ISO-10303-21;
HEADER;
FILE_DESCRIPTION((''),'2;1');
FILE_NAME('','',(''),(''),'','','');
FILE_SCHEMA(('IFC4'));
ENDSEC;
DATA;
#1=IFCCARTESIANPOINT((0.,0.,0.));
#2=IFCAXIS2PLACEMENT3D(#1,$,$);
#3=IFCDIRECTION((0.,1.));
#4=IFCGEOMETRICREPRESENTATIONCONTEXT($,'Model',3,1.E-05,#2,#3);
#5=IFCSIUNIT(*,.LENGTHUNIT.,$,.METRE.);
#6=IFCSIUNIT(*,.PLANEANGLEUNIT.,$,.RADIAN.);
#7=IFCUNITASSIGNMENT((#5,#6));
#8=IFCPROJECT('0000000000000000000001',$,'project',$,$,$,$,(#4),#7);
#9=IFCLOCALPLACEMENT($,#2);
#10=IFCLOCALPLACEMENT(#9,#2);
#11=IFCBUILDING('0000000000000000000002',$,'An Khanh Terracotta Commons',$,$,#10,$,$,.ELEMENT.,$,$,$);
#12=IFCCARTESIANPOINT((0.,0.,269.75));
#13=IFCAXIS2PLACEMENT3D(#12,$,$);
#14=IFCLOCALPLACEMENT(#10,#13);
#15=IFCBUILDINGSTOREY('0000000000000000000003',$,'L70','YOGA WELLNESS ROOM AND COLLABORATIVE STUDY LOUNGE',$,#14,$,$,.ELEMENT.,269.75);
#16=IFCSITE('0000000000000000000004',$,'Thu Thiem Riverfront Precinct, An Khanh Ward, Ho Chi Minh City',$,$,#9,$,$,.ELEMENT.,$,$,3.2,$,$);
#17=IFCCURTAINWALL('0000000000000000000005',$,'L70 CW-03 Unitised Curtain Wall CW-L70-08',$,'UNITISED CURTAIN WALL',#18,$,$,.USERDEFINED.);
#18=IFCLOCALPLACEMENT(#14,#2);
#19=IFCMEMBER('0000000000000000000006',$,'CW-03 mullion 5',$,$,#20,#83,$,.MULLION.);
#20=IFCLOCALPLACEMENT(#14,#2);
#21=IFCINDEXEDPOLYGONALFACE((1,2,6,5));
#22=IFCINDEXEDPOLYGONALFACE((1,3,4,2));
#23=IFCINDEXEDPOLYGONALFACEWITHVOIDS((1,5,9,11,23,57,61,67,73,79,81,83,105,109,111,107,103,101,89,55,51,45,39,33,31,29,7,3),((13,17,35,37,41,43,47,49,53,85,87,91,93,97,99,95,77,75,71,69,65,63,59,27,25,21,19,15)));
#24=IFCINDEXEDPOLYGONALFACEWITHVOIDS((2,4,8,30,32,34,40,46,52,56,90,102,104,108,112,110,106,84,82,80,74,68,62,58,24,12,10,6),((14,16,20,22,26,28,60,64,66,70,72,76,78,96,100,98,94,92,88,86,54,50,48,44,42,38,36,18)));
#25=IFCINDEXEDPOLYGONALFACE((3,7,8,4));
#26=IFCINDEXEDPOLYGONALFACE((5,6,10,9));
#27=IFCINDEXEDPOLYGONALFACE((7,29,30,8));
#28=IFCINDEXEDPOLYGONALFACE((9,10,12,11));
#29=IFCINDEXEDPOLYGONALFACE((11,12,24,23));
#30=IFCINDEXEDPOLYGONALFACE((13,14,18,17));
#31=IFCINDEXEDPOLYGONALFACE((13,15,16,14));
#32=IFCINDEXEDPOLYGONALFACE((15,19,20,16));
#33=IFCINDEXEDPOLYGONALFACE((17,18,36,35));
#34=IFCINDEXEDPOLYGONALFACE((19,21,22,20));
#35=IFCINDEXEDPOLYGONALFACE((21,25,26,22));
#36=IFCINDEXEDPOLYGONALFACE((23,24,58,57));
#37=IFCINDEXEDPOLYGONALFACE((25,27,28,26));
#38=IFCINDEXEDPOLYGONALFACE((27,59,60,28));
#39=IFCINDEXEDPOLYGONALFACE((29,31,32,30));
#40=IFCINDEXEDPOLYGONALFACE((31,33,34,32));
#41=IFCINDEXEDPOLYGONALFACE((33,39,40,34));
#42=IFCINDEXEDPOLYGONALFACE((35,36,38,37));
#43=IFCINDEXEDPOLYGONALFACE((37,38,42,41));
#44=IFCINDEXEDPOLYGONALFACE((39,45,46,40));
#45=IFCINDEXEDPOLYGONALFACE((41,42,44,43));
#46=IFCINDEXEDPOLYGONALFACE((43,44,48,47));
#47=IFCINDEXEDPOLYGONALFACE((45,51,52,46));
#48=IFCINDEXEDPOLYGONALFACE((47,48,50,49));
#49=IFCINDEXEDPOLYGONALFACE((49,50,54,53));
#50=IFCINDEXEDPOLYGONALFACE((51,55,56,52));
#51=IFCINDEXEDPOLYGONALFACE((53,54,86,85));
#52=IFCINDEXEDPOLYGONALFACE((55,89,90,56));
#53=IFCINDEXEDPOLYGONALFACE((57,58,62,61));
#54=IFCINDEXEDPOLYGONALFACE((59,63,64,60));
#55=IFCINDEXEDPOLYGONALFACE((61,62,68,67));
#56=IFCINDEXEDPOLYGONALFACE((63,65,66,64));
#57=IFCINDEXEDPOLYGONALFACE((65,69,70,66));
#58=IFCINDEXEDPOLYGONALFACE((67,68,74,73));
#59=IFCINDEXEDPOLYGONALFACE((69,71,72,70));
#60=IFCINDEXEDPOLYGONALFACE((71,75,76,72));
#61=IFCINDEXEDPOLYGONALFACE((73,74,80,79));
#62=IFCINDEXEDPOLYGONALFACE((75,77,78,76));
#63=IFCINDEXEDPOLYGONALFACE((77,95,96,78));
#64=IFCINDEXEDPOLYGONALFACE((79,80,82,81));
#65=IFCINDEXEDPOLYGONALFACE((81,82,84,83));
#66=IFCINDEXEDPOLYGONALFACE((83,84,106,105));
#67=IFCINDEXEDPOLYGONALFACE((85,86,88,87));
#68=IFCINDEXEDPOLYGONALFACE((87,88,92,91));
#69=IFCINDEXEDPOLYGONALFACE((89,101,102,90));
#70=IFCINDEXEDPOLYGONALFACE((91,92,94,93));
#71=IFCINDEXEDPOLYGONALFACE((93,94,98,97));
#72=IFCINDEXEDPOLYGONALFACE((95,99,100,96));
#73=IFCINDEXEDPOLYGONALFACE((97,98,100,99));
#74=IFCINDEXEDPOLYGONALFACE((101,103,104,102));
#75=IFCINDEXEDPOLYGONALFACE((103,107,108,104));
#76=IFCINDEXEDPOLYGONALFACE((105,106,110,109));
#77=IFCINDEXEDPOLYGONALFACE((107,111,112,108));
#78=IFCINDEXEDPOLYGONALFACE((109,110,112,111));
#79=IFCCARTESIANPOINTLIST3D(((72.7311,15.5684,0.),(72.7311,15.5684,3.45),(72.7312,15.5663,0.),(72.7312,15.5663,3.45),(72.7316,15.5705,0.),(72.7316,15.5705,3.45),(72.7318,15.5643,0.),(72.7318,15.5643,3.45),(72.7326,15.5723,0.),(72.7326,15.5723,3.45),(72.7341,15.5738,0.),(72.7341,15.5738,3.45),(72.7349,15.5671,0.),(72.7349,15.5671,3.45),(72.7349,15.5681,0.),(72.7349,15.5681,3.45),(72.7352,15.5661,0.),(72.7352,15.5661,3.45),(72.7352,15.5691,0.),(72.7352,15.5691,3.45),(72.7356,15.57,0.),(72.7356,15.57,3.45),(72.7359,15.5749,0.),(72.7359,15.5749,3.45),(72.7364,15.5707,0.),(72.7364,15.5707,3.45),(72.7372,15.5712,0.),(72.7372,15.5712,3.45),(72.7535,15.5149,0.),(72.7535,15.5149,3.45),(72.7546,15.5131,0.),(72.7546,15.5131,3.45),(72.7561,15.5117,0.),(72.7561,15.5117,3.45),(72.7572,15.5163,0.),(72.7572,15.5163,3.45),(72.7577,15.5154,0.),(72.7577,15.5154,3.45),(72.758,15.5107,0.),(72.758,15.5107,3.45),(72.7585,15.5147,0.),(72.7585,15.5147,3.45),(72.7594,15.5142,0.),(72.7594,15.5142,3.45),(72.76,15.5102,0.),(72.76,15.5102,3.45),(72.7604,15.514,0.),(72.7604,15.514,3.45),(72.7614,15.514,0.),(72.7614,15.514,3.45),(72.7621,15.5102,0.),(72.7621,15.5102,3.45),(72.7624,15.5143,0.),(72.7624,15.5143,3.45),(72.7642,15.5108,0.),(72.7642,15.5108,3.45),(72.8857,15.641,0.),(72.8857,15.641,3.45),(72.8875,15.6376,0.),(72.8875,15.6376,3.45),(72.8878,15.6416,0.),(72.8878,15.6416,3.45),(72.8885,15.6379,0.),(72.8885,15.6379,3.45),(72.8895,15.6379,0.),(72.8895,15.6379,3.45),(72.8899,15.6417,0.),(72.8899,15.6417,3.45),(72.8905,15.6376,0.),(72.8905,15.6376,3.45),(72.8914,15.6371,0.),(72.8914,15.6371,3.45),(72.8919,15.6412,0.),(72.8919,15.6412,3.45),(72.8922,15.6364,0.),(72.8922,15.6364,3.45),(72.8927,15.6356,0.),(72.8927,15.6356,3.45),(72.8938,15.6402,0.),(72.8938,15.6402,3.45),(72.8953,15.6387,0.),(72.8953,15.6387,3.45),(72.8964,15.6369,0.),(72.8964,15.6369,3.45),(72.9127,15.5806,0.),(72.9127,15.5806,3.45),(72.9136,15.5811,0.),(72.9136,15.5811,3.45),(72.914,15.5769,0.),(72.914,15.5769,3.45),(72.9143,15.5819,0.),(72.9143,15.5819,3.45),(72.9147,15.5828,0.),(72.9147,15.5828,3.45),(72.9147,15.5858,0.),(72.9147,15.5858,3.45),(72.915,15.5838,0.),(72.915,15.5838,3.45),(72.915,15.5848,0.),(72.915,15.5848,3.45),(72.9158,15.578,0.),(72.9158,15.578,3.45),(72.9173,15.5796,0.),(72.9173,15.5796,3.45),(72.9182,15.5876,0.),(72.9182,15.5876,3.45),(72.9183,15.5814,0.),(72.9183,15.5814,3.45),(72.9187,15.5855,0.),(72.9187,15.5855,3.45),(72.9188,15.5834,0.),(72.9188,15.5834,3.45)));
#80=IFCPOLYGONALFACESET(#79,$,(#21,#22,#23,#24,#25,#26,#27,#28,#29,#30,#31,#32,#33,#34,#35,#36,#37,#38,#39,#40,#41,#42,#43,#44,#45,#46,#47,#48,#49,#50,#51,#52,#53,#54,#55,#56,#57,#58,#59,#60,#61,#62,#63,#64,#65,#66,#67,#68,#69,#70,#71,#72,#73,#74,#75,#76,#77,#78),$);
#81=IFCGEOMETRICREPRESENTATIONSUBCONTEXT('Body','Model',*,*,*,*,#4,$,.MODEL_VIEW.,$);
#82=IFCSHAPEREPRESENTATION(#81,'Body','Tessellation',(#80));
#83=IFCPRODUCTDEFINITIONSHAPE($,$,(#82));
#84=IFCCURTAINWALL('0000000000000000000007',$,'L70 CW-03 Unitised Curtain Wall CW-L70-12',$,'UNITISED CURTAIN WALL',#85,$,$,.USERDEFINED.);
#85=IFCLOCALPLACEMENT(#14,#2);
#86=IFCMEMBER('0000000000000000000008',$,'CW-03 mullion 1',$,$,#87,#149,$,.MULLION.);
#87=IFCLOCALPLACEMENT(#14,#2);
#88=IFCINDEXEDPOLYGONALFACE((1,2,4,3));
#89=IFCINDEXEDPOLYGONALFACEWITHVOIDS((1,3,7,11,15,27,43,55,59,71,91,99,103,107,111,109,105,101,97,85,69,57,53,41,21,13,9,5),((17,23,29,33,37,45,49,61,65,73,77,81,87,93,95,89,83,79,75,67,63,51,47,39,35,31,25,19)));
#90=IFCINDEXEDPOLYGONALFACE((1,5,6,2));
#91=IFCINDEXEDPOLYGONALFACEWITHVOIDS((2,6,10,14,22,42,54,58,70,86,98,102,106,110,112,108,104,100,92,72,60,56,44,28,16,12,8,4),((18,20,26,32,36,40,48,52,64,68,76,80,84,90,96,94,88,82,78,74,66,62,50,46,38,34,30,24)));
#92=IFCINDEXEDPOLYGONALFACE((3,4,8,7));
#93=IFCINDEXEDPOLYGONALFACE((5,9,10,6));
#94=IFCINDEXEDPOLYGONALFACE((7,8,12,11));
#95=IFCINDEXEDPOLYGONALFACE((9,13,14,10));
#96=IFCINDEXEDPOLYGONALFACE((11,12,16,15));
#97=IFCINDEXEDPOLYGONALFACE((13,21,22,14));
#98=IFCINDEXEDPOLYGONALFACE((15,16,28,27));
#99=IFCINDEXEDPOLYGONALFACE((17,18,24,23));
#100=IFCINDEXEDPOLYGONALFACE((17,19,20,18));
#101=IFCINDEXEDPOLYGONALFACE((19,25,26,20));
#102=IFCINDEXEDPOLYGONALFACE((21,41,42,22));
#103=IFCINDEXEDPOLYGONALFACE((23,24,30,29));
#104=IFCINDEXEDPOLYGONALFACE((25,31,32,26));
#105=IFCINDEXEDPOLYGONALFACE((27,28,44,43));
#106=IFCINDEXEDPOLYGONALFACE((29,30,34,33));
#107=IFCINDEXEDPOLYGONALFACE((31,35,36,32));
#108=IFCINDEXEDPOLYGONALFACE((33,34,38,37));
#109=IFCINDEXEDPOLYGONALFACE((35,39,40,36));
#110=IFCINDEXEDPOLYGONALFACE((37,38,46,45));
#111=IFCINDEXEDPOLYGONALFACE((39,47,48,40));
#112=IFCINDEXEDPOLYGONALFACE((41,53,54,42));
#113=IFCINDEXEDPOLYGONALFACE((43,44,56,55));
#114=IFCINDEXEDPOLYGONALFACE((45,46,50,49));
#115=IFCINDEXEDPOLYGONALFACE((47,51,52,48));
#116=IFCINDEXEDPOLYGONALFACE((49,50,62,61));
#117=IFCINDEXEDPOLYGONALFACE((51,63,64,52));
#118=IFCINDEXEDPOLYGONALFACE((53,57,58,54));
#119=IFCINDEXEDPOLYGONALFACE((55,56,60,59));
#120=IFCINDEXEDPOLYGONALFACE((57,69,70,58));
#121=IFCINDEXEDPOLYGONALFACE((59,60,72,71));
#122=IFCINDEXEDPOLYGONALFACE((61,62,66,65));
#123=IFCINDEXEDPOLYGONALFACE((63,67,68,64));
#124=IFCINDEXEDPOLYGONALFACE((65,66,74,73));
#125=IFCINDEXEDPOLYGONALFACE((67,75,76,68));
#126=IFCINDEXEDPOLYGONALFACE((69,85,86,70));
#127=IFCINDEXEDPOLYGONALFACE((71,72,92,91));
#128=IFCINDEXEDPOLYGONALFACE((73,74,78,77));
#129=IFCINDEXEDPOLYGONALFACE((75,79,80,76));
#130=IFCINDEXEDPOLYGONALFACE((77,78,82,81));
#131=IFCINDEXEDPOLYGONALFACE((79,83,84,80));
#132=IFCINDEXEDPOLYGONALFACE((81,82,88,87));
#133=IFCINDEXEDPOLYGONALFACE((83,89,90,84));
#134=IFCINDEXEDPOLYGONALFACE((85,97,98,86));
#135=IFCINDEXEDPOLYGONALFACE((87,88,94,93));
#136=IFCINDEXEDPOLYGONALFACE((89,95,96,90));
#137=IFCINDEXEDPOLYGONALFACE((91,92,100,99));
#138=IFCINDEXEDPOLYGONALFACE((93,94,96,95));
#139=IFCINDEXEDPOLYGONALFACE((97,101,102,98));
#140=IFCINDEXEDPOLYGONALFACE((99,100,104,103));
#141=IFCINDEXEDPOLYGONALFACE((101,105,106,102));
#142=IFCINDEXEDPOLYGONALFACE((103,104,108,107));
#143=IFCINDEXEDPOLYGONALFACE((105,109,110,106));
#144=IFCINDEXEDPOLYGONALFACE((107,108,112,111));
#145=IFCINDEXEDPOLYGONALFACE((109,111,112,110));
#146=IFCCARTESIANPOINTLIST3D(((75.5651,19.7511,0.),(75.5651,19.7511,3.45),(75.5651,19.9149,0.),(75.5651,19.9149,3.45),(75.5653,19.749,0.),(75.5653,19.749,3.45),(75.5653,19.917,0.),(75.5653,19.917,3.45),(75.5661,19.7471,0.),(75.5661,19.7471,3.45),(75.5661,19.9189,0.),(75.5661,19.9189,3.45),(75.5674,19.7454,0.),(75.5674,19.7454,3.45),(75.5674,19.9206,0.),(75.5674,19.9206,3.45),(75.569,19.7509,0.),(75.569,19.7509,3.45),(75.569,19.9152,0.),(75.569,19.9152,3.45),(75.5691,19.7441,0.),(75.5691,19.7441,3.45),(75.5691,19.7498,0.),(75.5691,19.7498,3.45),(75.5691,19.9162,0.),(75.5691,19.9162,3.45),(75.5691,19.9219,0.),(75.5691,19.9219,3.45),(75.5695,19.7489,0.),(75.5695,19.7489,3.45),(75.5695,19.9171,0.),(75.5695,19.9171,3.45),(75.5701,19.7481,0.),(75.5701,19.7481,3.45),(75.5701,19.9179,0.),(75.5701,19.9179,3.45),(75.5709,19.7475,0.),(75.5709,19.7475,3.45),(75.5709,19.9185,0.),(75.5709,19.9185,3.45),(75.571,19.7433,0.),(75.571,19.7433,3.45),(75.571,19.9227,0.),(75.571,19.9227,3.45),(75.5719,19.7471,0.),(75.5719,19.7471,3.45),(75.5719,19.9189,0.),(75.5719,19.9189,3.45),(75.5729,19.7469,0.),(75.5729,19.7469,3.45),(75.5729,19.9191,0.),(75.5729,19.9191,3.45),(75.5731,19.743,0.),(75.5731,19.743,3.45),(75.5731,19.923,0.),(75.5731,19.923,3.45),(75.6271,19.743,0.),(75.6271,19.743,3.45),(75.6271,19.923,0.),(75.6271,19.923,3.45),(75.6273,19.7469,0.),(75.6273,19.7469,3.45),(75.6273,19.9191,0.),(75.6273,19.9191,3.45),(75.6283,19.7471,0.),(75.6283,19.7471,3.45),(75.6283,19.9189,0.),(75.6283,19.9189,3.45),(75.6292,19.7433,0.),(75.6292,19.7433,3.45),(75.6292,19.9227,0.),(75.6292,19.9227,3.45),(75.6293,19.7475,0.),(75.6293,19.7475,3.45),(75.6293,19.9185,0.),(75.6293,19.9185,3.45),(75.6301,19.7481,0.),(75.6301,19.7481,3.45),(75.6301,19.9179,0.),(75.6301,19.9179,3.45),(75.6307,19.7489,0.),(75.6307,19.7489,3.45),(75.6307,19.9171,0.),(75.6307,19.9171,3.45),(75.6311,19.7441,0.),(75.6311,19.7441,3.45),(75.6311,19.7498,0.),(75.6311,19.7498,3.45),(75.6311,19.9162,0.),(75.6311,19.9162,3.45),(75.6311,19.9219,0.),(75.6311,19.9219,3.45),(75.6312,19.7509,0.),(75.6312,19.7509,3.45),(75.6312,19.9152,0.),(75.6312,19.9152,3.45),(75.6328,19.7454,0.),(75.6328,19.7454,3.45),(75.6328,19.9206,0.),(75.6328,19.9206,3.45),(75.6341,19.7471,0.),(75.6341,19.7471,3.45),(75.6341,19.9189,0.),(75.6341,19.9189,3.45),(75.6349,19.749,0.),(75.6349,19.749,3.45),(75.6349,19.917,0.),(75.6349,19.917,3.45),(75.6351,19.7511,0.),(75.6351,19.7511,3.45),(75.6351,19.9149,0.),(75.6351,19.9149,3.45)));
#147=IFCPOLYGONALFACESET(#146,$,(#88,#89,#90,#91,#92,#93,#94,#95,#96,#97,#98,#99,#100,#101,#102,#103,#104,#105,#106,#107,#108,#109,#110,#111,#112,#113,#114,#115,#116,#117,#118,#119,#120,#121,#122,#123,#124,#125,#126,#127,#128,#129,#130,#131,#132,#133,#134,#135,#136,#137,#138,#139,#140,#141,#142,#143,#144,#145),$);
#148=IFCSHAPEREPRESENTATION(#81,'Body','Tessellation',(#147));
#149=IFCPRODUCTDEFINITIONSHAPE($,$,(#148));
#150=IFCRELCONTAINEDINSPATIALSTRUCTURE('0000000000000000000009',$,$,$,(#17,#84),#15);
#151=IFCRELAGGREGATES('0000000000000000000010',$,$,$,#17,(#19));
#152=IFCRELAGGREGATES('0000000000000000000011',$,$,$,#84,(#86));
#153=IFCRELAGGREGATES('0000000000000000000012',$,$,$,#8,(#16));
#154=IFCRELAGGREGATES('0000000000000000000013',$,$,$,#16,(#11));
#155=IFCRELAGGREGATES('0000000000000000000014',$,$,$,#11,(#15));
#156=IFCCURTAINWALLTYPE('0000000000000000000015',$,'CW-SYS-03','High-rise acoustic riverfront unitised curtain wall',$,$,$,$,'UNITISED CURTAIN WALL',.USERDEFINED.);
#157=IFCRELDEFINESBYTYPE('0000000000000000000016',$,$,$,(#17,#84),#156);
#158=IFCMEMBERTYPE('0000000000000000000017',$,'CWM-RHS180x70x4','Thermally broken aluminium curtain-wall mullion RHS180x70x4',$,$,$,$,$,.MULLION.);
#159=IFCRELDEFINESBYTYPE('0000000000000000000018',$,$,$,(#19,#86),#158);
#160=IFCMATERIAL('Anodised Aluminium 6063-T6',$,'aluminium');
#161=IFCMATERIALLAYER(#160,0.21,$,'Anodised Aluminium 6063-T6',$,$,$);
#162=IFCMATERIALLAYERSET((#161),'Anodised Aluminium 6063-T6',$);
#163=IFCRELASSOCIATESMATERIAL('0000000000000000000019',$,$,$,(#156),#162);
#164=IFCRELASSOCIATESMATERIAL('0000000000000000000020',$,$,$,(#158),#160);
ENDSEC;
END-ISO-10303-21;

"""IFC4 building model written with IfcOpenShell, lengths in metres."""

from ifc_helpers import new_model, si_unit, direction, frame, origin, origin_2d, place, context, subcontext, project, spatial, hollow_rectangle, extrude, material, layer, layer_set, material_profile, profile_set, type_object, element, aggregate, save


model = new_model("IFC4")

# Units and contexts
model_context = context("Model", 3, precision=1e-05, world=origin(), true_north=direction((0.0, 1.0)))
body_context = subcontext(model_context, "Body", "Model", "MODEL_VIEW")
ifc_project = project(units=[si_unit("LENGTHUNIT", "METRE"), si_unit("PLANEANGLEUNIT", "RADIAN")], contexts=[model_context])

# Site, building, storey
site_placement = place(None, origin())
site = spatial("IfcSite", under=ifc_project, at=site_placement, Name="Thu Thiem Riverfront Precinct, An Khanh Ward, Ho Chi Minh City", CompositionType="ELEMENT", RefElevation=3.2)
building_placement = place(site_placement, origin())
building = spatial("IfcBuilding", under=site, at=building_placement, Name="An Khanh Terracotta Commons", CompositionType="ELEMENT")
storey_placement = place(building_placement, frame((0.0, 0.0, 269.75)))
storey = spatial("IfcBuildingStorey", under=building, at=storey_placement, Name="L70", Description="YOGA WELLNESS ROOM AND COLLABORATIVE STUDY LOUNGE", CompositionType="ELEMENT", Elevation=269.75)

# Curtain walls, members
ifc_material_1 = material(Name="Anodised Aluminium 6063-T6", Category="aluminium")
ifc_layer_1 = layer(ifc_material_1, 0.21, Name="Anodised Aluminium 6063-T6")
ifc_layer_set_1 = layer_set([ifc_layer_1], Name="Anodised Aluminium 6063-T6")
curtain_wall_type = type_object("IfcCurtainWallType", Name="CW-SYS-03", Description="High-rise acoustic riverfront unitised curtain wall", ElementType="UNITISED CURTAIN WALL", PredefinedType="USERDEFINED", material=ifc_layer_set_1)
curtain_wall_1_placement = place(storey_placement, origin())
curtain_wall_1 = element("IfcCurtainWall", 1, at=curtain_wall_1_placement, inside=storey, type_object=curtain_wall_type, Name="L70 CW-03 Unitised Curtain Wall CW-L70-08", ObjectType="UNITISED CURTAIN WALL", PredefinedType="USERDEFINED")
ifc_material_profile_1 = material_profile(ifc_material_1, hollow_rectangle(XDim=0.0701, YDim=0.1799, WallThickness=0.0039, InnerFilletRadius=0.0039, OuterFilletRadius=0.0081, at=origin_2d()), Name="RHS180x70x4")
ifc_profile_set_1 = profile_set([ifc_material_profile_1], Name="Anodised Aluminium 6063-T6")
member_type_1 = type_object("IfcMemberType", Name="CWM-RHS180x70x4", Description="Thermally broken aluminium curtain-wall mullion RHS180x70x4", PredefinedType="MULLION", material=ifc_profile_set_1)
member_1_placement = place(storey_placement, frame((72.825, 15.5759, 0.0), z_axis=(0.0, 0.0, 1.0), x_axis=(-0.403676, 0.914902, 0.0)))
member_1 = element("IfcMember", 2, at=member_1_placement, type_object=member_type_1, Name="CW-03 mullion 5", PredefinedType="MULLION", context=body_context, shape_type="SweptSolid", body=[
    extrude(hollow_rectangle(XDim=0.0701, YDim=0.1799, WallThickness=0.0039, InnerFilletRadius=0.0039, OuterFilletRadius=0.0081, at=origin_2d()), origin(), (0.0, 0.0, 1.0), 3.45),
])
curtain_wall_2_placement = place(storey_placement, origin())
curtain_wall_2 = element("IfcCurtainWall", 3, at=curtain_wall_2_placement, inside=storey, type_object=curtain_wall_type, Name="L70 CW-03 Unitised Curtain Wall CW-L70-12", ObjectType="UNITISED CURTAIN WALL", PredefinedType="USERDEFINED")
member_2_placement = place(storey_placement, frame((75.6001, 19.833, 0.0), z_axis=(0.0, 0.0, 1.0), x_axis=(-1.0, 0.0, 0.0)))
member_2 = element("IfcMember", 4, at=member_2_placement, type_object=member_type_1, Name="CW-03 mullion 1", PredefinedType="MULLION", context=body_context, shape_type="SweptSolid", body=[
    extrude(hollow_rectangle(XDim=0.0701, YDim=0.1799, WallThickness=0.0039, InnerFilletRadius=0.0039, OuterFilletRadius=0.0081, at=origin_2d()), origin(), (0.0, 0.0, 1.0), 3.45),
])

aggregate(curtain_wall_1, [member_1])
aggregate(curtain_wall_2, [member_2])

save(model, "model.ifc")
